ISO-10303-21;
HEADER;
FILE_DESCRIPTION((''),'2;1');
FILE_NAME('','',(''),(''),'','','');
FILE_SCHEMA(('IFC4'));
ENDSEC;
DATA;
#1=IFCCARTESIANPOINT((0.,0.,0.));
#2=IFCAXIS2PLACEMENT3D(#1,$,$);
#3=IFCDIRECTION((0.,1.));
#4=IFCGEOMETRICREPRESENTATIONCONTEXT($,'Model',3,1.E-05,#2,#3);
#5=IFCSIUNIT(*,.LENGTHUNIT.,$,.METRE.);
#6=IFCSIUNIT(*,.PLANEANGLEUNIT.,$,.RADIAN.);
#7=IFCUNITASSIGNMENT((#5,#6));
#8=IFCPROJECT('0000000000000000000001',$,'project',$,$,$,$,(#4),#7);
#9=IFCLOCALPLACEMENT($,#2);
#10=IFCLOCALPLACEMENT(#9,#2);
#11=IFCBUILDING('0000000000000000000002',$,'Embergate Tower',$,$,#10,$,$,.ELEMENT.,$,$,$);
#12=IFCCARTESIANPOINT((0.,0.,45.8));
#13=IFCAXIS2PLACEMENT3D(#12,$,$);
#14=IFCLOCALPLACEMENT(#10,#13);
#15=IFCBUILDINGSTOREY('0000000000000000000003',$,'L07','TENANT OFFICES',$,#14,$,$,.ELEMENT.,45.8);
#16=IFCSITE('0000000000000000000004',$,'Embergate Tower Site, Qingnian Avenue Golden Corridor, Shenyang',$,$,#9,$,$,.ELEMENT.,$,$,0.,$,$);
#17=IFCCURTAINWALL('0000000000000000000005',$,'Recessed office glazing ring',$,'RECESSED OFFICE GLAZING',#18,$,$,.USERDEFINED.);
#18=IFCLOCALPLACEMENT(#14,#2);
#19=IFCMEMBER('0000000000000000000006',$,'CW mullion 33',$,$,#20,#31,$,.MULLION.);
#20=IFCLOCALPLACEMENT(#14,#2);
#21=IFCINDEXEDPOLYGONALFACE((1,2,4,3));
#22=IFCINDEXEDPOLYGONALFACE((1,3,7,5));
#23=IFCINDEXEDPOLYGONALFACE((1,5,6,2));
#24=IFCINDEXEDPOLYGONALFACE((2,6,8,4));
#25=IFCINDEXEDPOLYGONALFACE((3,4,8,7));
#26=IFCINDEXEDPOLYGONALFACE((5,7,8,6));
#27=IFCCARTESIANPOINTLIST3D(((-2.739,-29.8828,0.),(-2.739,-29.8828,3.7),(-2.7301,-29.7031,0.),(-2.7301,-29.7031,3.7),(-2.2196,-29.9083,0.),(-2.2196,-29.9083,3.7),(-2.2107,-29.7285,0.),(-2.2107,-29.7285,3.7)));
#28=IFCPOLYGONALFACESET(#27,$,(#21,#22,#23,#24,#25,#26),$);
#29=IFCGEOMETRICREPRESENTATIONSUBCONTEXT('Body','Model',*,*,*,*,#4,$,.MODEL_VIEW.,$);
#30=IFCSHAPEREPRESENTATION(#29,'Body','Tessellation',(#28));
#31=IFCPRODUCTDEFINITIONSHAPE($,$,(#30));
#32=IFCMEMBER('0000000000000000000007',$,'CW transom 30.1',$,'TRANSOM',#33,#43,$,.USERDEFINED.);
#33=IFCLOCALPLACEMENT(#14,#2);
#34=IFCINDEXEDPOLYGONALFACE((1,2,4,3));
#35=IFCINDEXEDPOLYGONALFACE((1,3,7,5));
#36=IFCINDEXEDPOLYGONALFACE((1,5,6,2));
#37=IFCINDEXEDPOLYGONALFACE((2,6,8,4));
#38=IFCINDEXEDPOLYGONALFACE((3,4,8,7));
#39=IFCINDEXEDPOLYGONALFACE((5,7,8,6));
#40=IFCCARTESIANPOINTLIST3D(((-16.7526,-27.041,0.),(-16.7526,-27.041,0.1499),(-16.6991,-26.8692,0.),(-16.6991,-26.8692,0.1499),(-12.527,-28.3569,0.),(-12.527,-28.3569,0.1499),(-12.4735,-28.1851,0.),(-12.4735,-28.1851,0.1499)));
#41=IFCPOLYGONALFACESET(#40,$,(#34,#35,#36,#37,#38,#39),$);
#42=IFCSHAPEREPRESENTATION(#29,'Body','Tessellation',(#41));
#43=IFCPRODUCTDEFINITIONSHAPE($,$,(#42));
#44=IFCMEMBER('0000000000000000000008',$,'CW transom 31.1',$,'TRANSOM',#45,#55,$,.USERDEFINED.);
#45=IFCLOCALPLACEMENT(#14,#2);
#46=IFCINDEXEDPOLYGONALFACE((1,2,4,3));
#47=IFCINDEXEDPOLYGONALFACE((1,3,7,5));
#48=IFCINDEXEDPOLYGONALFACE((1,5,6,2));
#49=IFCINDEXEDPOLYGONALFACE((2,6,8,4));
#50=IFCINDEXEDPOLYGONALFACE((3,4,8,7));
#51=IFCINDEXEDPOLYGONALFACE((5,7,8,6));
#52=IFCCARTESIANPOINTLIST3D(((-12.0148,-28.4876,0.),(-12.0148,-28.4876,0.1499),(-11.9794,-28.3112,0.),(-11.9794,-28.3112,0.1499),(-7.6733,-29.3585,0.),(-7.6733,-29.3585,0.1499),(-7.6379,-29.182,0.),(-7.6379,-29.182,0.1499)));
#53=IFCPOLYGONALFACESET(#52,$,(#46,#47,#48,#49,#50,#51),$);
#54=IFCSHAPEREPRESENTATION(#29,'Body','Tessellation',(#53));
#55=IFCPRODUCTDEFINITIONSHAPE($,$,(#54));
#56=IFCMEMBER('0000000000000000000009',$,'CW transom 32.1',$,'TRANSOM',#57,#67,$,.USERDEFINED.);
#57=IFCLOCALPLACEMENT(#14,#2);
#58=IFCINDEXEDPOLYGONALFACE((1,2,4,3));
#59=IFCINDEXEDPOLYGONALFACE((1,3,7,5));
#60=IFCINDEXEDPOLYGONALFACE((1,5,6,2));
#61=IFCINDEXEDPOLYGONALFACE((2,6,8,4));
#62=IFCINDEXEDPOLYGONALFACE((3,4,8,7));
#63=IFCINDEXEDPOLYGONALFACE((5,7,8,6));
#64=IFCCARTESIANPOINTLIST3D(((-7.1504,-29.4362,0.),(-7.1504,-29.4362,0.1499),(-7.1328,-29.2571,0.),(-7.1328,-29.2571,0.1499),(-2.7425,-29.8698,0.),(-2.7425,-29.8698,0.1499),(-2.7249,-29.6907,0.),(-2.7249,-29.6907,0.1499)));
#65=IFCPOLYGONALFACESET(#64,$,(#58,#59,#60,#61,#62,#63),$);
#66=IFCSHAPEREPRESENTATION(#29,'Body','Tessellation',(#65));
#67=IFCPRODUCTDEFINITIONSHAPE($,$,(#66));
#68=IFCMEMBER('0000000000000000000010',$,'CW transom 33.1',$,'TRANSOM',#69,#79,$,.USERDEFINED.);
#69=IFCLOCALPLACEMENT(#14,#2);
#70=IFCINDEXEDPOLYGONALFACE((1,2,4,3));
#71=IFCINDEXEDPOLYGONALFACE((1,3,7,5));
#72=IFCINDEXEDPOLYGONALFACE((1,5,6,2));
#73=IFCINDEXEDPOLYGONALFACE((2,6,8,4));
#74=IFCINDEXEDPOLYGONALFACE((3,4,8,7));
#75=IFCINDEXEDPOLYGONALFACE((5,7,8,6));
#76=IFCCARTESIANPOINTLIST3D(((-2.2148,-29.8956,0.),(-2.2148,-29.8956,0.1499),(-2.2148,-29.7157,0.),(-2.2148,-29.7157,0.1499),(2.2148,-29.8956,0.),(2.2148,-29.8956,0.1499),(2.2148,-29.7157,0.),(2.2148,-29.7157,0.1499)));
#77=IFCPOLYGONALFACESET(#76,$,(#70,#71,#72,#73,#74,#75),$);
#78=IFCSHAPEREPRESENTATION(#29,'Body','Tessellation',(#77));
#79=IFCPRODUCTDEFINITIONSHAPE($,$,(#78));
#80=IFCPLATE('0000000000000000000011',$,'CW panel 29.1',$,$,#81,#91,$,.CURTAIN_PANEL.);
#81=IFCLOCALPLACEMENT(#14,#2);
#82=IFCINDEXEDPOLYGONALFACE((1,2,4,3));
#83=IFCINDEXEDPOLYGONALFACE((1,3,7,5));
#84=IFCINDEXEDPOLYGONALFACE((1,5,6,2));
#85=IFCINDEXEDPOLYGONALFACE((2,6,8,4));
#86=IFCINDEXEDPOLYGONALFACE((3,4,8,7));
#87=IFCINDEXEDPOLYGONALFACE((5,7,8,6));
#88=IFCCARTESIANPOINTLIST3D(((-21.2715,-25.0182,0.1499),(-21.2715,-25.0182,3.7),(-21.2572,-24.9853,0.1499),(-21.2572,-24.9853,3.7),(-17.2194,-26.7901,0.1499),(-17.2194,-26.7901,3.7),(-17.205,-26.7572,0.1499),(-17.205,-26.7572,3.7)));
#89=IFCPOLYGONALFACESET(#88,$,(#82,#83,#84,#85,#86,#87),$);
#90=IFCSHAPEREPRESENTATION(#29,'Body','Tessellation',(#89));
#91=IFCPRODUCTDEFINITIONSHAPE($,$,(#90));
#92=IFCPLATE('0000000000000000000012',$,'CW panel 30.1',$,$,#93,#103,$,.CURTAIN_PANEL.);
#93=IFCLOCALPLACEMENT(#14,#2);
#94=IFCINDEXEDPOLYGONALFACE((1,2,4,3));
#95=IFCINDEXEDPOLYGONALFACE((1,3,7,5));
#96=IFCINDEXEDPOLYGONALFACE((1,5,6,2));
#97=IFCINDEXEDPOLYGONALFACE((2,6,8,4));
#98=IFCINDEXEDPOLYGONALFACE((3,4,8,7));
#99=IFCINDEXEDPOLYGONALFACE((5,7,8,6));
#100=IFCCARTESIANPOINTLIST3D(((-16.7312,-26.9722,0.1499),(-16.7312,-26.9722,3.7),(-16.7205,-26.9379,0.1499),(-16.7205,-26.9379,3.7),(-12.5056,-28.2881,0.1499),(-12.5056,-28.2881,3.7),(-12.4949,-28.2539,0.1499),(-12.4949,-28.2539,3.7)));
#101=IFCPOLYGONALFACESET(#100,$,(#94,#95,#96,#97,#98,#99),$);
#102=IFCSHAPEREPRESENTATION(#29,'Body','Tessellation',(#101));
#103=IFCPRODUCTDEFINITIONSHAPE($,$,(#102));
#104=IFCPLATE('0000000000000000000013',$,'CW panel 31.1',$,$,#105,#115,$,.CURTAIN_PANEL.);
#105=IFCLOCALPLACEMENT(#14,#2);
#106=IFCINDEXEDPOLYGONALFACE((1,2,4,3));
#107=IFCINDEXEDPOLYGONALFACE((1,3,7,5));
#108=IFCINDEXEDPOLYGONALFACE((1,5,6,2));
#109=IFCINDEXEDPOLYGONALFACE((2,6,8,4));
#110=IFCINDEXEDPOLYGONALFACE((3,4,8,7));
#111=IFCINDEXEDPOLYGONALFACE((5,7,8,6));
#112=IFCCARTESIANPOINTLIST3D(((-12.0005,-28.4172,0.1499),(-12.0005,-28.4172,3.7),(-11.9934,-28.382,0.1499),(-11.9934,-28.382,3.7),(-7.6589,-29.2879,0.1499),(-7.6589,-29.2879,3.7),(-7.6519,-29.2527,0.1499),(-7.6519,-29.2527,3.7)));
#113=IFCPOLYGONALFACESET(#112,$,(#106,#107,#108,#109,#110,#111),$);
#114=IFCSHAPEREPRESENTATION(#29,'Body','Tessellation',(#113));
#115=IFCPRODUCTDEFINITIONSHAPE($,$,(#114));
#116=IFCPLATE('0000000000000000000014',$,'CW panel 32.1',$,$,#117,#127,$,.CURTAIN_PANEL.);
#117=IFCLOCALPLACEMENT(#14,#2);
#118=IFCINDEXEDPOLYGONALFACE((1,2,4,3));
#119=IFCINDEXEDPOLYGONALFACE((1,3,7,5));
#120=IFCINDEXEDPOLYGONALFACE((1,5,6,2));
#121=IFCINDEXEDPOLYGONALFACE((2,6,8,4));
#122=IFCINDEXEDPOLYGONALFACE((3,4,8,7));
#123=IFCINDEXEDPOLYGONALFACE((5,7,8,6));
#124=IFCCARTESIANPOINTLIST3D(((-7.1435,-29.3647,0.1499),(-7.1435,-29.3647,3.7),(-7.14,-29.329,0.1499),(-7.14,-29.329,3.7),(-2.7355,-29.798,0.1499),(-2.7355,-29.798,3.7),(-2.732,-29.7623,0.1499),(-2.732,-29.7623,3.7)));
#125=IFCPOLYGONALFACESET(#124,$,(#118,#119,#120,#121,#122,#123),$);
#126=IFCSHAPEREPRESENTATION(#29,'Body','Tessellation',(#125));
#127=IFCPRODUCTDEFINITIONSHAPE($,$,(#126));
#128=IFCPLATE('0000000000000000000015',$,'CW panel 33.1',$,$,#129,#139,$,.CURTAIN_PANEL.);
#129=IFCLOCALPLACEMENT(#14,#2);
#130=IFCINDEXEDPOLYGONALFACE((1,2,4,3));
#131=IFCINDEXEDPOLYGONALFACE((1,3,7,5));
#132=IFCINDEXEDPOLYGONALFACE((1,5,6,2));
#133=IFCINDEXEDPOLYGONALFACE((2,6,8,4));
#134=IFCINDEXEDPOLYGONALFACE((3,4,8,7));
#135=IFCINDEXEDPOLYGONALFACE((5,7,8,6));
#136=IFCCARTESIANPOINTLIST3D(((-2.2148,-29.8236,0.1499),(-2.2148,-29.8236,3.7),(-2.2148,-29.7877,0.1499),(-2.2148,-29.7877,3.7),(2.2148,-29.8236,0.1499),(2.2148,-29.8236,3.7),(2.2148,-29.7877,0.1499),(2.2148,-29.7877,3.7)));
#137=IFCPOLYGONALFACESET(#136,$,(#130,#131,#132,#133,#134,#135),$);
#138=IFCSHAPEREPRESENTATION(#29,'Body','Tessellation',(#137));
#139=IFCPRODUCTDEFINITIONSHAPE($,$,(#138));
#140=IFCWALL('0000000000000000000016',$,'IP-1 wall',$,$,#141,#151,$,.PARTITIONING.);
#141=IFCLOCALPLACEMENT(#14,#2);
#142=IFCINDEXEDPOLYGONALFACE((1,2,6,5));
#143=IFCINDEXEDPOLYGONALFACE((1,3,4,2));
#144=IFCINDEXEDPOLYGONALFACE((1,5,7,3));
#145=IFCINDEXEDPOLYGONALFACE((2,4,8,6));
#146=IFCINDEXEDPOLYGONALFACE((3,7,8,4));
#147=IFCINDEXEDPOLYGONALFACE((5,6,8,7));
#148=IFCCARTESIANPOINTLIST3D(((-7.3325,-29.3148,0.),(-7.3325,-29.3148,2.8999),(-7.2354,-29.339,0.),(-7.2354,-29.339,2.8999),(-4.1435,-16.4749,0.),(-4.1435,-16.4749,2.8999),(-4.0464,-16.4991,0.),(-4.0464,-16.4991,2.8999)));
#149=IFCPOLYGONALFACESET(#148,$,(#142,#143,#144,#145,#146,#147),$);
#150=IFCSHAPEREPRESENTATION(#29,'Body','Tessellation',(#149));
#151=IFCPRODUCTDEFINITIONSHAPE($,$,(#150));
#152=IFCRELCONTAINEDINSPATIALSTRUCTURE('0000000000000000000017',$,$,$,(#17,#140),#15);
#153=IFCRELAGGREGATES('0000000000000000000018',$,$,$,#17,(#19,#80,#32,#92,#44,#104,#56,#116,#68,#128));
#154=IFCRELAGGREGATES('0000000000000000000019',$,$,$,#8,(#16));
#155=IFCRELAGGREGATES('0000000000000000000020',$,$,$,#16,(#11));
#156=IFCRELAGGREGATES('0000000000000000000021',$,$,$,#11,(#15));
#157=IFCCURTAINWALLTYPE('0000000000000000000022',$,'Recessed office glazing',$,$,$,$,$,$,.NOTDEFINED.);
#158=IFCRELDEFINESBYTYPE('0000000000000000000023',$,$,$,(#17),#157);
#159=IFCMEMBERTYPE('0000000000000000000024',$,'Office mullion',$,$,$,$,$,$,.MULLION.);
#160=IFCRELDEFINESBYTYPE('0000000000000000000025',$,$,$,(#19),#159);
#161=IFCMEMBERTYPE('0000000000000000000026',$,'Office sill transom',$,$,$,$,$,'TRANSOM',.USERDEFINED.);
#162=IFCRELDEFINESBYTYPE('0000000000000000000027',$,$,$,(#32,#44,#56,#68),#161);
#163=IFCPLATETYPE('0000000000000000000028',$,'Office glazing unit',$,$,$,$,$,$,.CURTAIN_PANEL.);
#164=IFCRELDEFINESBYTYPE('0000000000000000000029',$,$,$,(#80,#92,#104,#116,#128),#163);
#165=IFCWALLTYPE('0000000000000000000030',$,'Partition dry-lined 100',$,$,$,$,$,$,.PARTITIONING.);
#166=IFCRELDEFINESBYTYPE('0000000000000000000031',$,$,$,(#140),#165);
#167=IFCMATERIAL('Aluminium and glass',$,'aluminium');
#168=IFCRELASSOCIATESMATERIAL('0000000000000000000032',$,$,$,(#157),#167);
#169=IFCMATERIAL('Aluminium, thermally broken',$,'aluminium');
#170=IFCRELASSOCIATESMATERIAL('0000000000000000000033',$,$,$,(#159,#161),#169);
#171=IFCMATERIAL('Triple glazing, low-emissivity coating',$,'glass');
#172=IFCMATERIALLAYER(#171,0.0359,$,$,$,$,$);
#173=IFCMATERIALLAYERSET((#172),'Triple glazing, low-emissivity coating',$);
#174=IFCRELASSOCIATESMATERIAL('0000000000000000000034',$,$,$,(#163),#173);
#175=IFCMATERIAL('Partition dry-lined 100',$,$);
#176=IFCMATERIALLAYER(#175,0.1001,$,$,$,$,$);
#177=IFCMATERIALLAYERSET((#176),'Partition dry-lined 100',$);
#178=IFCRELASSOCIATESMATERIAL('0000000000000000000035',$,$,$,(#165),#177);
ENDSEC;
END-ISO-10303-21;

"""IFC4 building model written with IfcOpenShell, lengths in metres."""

from ifc_helpers import new_model, si_unit, direction, frame, frame_2d, origin, origin_2d, place, context, subcontext, project, spatial, rectangle, extrude, source, transform, mapped, material, layer, layer_set, material_profile, profile_set, type_object, element, aggregate, save


model = new_model("IFC4")

# Units and contexts
model_context = context("Model", 3, precision=1e-05, world=origin(), true_north=direction((0.0, 1.0)))
body_context = subcontext(model_context, "Body", "Model", "MODEL_VIEW")
ifc_project = project(units=[si_unit("LENGTHUNIT", "METRE"), si_unit("PLANEANGLEUNIT", "RADIAN")], contexts=[model_context])

# Site, building, storey
site_placement = place(None, origin())
site = spatial("IfcSite", under=ifc_project, at=site_placement, Name="Embergate Tower Site, Qingnian Avenue Golden Corridor, Shenyang", CompositionType="ELEMENT", RefElevation=0.0)
building_placement = place(site_placement, origin())
building = spatial("IfcBuilding", under=site, at=building_placement, Name="Embergate Tower", CompositionType="ELEMENT")
storey_placement = place(building_placement, frame((0.0, 0.0, 45.8)))
storey = spatial("IfcBuildingStorey", under=building, at=storey_placement, Name="L07", Description="TENANT OFFICES", CompositionType="ELEMENT", Elevation=45.8)

# Curtain wall, members
ifc_material_1 = material(Name="Aluminium and glass", Category="aluminium")
curtain_wall_type = type_object("IfcCurtainWallType", Name="Recessed office glazing", PredefinedType="NOTDEFINED", material=ifc_material_1)
curtain_wall_placement = place(storey_placement, origin())
curtain_wall = element("IfcCurtainWall", 1, at=curtain_wall_placement, inside=storey, type_object=curtain_wall_type, Name="Recessed office glazing ring", ObjectType="RECESSED OFFICE GLAZING", PredefinedType="USERDEFINED")
ifc_material_2 = material(Name="Aluminium, thermally broken", Category="aluminium")
ifc_material_profile_1 = material_profile(ifc_material_2, rectangle(XDim=0.1799, YDim=0.52, at=origin_2d()), Name="AL 520x180")
ifc_profile_set_1 = profile_set([ifc_material_profile_1], Name="Aluminium, thermally broken")
member_type_1 = type_object("IfcMemberType", Name="Office mullion", PredefinedType="MULLION", material=ifc_profile_set_1)
shared_shape_1 = source(origin(), body_context, "Body", "SweptSolid", [
    extrude(rectangle(XDim=0.1799, YDim=0.52, at=origin_2d()), origin(), (0.0, 0.0, 1.0), 3.7),
])
member_1_placement = place(storey_placement, frame((-2.4749, -29.8057, 0.0), z_axis=(0.0, 0.0, 1.0), x_axis=(0.048972, 0.9988, 0.0)))
member_1 = element("IfcMember", 2, at=member_1_placement, type_object=member_type_1, Name="CW mullion 33", PredefinedType="MULLION", context=body_context, shape_type="MappedRepresentation", body=[
    mapped(shared_shape_1, transform((0.0, 0.0, 0.0))),
])
ifc_material_profile_2 = material_profile(ifc_material_2, rectangle(XDim=0.1799, YDim=0.1499, at=origin_2d()), Name="AL 150x180")
ifc_profile_set_2 = profile_set([ifc_material_profile_2], Name="Aluminium, thermally broken")
member_type_2 = type_object("IfcMemberType", Name="Office sill transom", ElementType="TRANSOM", PredefinedType="USERDEFINED", material=ifc_profile_set_2)
shared_shape_2 = source(origin(), body_context, "Body", "SweptSolid", [
    extrude(rectangle(XDim=0.1799, YDim=0.1499, at=origin_2d()), origin(), (0.0, 0.0, 1.0), 4.4258),
])
member_2_placement = place(storey_placement, frame((-16.7258, -26.9551, 0.075), z_axis=(0.954774, -0.297333, 0.0), x_axis=(0.297333, 0.954774, 0.0)))
member_2 = element("IfcMember", 3, at=member_2_placement, type_object=member_type_2, Name="CW transom 30.1", ObjectType="TRANSOM", PredefinedType="USERDEFINED", context=body_context, shape_type="MappedRepresentation", body=[
    mapped(shared_shape_2, transform((0.0, 0.0, 0.0))),
])
shared_shape_3 = source(origin(), body_context, "Body", "SweptSolid", [
    extrude(rectangle(XDim=0.1799, YDim=0.1499, at=origin_2d()), origin(), (0.0, 0.0, 1.0), 4.428),
])
member_3_placement = place(storey_placement, frame((-11.9971, -28.3994, 0.075), z_axis=(0.98047, -0.196667, 0.0), x_axis=(0.196667, 0.98047, 0.0)))
member_3 = element("IfcMember", 4, at=member_3_placement, type_object=member_type_2, Name="CW transom 31.1", ObjectType="TRANSOM", PredefinedType="USERDEFINED", context=body_context, shape_type="MappedRepresentation", body=[
    mapped(shared_shape_3, transform((0.0, 0.0, 0.0))),
])
shared_shape_4 = source(origin(), body_context, "Body", "SweptSolid", [
    extrude(rectangle(XDim=0.1799, YDim=0.1499, at=origin_2d()), origin(), (0.0, 0.0, 1.0), 4.4292),
])
member_4_placement = place(storey_placement, frame((-7.1416, -29.3467, 0.075), z_axis=(0.995197, -0.097894, 0.0), x_axis=(0.097894, 0.995197, 0.0)))
member_4 = element("IfcMember", 5, at=member_4_placement, type_object=member_type_2, Name="CW transom 32.1", ObjectType="TRANSOM", PredefinedType="USERDEFINED", context=body_context, shape_type="MappedRepresentation", body=[
    mapped(shared_shape_4, transform((0.0, 0.0, 0.0))),
])
shared_shape_5 = source(origin(), body_context, "Body", "SweptSolid", [
    extrude(rectangle(XDim=0.1799, YDim=0.1499, at=origin_2d()), origin(), (0.0, 0.0, 1.0), 4.4297),
])
member_5_placement = place(storey_placement, frame((-2.2148, -29.8057, 0.075), z_axis=(1.0, 0.0, 0.0), x_axis=(0.0, 1.0, 0.0)))
member_5 = element("IfcMember", 6, at=member_5_placement, type_object=member_type_2, Name="CW transom 33.1", ObjectType="TRANSOM", PredefinedType="USERDEFINED", context=body_context, shape_type="MappedRepresentation", body=[
    mapped(shared_shape_5, transform((0.0, 0.0, 0.0))),
])

# Plates
ifc_material_3 = material(Name="Triple glazing, low-emissivity coating", Category="glass")
ifc_layer_1 = layer(ifc_material_3, 0.0359)
ifc_layer_set_1 = layer_set([ifc_layer_1], Name="Triple glazing, low-emissivity coating")
plate_type = type_object("IfcPlateType", Name="Office glazing unit", PredefinedType="CURTAIN_PANEL", material=ifc_layer_set_1)
shared_shape_6 = source(origin(), body_context, "Body", "SweptSolid", [
    extrude(rectangle(XDim=4.4226, YDim=0.0359, at=origin_2d()), origin(), (0.0, 0.0, 1.0), 3.55),
])
plate_1_placement = place(storey_placement, frame((-19.2383, -25.8877, 0.1499), z_axis=(0.0, 0.0, 1.0), x_axis=(0.916236, -0.400638, 0.0)))
plate_1 = element("IfcPlate", 7, at=plate_1_placement, type_object=plate_type, Name="CW panel 29.1", PredefinedType="CURTAIN_PANEL", context=body_context, shape_type="MappedRepresentation", body=[
    mapped(shared_shape_6, transform((0.0, 0.0, 0.0))),
])
shared_shape_7 = source(origin(), body_context, "Body", "SweptSolid", [
    extrude(rectangle(XDim=4.4258, YDim=0.0359, at=origin_2d()), origin(), (0.0, 0.0, 1.0), 3.55),
])
plate_2_placement = place(storey_placement, frame((-14.613, -27.613, 0.1499), z_axis=(0.0, 0.0, 1.0), x_axis=(0.954772, -0.297338, 0.0)))
plate_2 = element("IfcPlate", 8, at=plate_2_placement, type_object=plate_type, Name="CW panel 30.1", PredefinedType="CURTAIN_PANEL", context=body_context, shape_type="MappedRepresentation", body=[
    mapped(shared_shape_7, transform((0.0, 0.0, 0.0))),
])
shared_shape_8 = source(origin(), body_context, "Body", "SweptSolid", [
    extrude(rectangle(XDim=4.428, YDim=0.0359, at=origin_2d()), origin(), (0.0, 0.0, 1.0), 3.55),
])
plate_3_placement = place(storey_placement, frame((-9.8262, -28.835, 0.1499), z_axis=(0.0, 0.0, 1.0), x_axis=(0.980476, -0.196639, 0.0)))
plate_3 = element("IfcPlate", 9, at=plate_3_placement, type_object=plate_type, Name="CW panel 31.1", PredefinedType="CURTAIN_PANEL", context=body_context, shape_type="MappedRepresentation", body=[
    mapped(shared_shape_8, transform((0.0, 0.0, 0.0))),
])
shared_shape_9 = source(origin(), body_context, "Body", "SweptSolid", [
    extrude(rectangle(XDim=4.4292, YDim=0.0359, at=origin_2d()), origin(), (0.0, 0.0, 1.0), 3.55),
])
plate_4_placement = place(storey_placement, frame((-4.9377, -29.5635, 0.1499), z_axis=(0.0, 0.0, 1.0), x_axis=(0.995203, -0.09783, 0.0)))
plate_4 = element("IfcPlate", 10, at=plate_4_placement, type_object=plate_type, Name="CW panel 32.1", PredefinedType="CURTAIN_PANEL", context=body_context, shape_type="MappedRepresentation", body=[
    mapped(shared_shape_9, transform((0.0, 0.0, 0.0))),
])
shared_shape_10 = source(origin(), body_context, "Body", "SweptSolid", [
    extrude(rectangle(XDim=4.4297, YDim=0.0359, at=origin_2d()), origin(), (0.0, 0.0, 1.0), 3.55),
])
plate_5_placement = place(storey_placement, frame((0.0, -29.8057, 0.1499), z_axis=(0.0, 0.0, 1.0), x_axis=(1.0, 0.0, 0.0)))
plate_5 = element("IfcPlate", 11, at=plate_5_placement, type_object=plate_type, Name="CW panel 33.1", PredefinedType="CURTAIN_PANEL", context=body_context, shape_type="MappedRepresentation", body=[
    mapped(shared_shape_10, transform((0.0, 0.0, 0.0))),
])
aggregate(curtain_wall, [member_1, plate_1, member_2, plate_2, member_3, plate_3, member_4, plate_4, member_5, plate_5])

# Wall
ifc_material_4 = material(Name="Partition dry-lined 100")
ifc_layer_2 = layer(ifc_material_4, 0.1001)
ifc_layer_set_2 = layer_set([ifc_layer_2], Name="Partition dry-lined 100")
wall_type = type_object("IfcWallType", Name="Partition dry-lined 100", PredefinedType="PARTITIONING", material=ifc_layer_set_2)
shared_shape_11 = source(origin(), body_context, "Body", "SweptSolid", [
    extrude(rectangle(XDim=13.23, YDim=0.1001, at=frame_2d((6.615, 0.0))), origin(), (0.0, 0.0, 1.0), 2.8999),
])
wall_placement = place(storey_placement, frame((-7.2839, -29.3269, 0.0), z_axis=(0.0, 0.0, 1.0), x_axis=(0.241042, 0.970515, 0.0)))
element("IfcWall", 12, at=wall_placement, inside=storey, type_object=wall_type, Name="IP-1 wall", PredefinedType="PARTITIONING", context=body_context, shape_type="MappedRepresentation", body=[
    mapped(shared_shape_11, transform((0.0, 0.0, 0.0))),
])

save(model, "model.ifc")
